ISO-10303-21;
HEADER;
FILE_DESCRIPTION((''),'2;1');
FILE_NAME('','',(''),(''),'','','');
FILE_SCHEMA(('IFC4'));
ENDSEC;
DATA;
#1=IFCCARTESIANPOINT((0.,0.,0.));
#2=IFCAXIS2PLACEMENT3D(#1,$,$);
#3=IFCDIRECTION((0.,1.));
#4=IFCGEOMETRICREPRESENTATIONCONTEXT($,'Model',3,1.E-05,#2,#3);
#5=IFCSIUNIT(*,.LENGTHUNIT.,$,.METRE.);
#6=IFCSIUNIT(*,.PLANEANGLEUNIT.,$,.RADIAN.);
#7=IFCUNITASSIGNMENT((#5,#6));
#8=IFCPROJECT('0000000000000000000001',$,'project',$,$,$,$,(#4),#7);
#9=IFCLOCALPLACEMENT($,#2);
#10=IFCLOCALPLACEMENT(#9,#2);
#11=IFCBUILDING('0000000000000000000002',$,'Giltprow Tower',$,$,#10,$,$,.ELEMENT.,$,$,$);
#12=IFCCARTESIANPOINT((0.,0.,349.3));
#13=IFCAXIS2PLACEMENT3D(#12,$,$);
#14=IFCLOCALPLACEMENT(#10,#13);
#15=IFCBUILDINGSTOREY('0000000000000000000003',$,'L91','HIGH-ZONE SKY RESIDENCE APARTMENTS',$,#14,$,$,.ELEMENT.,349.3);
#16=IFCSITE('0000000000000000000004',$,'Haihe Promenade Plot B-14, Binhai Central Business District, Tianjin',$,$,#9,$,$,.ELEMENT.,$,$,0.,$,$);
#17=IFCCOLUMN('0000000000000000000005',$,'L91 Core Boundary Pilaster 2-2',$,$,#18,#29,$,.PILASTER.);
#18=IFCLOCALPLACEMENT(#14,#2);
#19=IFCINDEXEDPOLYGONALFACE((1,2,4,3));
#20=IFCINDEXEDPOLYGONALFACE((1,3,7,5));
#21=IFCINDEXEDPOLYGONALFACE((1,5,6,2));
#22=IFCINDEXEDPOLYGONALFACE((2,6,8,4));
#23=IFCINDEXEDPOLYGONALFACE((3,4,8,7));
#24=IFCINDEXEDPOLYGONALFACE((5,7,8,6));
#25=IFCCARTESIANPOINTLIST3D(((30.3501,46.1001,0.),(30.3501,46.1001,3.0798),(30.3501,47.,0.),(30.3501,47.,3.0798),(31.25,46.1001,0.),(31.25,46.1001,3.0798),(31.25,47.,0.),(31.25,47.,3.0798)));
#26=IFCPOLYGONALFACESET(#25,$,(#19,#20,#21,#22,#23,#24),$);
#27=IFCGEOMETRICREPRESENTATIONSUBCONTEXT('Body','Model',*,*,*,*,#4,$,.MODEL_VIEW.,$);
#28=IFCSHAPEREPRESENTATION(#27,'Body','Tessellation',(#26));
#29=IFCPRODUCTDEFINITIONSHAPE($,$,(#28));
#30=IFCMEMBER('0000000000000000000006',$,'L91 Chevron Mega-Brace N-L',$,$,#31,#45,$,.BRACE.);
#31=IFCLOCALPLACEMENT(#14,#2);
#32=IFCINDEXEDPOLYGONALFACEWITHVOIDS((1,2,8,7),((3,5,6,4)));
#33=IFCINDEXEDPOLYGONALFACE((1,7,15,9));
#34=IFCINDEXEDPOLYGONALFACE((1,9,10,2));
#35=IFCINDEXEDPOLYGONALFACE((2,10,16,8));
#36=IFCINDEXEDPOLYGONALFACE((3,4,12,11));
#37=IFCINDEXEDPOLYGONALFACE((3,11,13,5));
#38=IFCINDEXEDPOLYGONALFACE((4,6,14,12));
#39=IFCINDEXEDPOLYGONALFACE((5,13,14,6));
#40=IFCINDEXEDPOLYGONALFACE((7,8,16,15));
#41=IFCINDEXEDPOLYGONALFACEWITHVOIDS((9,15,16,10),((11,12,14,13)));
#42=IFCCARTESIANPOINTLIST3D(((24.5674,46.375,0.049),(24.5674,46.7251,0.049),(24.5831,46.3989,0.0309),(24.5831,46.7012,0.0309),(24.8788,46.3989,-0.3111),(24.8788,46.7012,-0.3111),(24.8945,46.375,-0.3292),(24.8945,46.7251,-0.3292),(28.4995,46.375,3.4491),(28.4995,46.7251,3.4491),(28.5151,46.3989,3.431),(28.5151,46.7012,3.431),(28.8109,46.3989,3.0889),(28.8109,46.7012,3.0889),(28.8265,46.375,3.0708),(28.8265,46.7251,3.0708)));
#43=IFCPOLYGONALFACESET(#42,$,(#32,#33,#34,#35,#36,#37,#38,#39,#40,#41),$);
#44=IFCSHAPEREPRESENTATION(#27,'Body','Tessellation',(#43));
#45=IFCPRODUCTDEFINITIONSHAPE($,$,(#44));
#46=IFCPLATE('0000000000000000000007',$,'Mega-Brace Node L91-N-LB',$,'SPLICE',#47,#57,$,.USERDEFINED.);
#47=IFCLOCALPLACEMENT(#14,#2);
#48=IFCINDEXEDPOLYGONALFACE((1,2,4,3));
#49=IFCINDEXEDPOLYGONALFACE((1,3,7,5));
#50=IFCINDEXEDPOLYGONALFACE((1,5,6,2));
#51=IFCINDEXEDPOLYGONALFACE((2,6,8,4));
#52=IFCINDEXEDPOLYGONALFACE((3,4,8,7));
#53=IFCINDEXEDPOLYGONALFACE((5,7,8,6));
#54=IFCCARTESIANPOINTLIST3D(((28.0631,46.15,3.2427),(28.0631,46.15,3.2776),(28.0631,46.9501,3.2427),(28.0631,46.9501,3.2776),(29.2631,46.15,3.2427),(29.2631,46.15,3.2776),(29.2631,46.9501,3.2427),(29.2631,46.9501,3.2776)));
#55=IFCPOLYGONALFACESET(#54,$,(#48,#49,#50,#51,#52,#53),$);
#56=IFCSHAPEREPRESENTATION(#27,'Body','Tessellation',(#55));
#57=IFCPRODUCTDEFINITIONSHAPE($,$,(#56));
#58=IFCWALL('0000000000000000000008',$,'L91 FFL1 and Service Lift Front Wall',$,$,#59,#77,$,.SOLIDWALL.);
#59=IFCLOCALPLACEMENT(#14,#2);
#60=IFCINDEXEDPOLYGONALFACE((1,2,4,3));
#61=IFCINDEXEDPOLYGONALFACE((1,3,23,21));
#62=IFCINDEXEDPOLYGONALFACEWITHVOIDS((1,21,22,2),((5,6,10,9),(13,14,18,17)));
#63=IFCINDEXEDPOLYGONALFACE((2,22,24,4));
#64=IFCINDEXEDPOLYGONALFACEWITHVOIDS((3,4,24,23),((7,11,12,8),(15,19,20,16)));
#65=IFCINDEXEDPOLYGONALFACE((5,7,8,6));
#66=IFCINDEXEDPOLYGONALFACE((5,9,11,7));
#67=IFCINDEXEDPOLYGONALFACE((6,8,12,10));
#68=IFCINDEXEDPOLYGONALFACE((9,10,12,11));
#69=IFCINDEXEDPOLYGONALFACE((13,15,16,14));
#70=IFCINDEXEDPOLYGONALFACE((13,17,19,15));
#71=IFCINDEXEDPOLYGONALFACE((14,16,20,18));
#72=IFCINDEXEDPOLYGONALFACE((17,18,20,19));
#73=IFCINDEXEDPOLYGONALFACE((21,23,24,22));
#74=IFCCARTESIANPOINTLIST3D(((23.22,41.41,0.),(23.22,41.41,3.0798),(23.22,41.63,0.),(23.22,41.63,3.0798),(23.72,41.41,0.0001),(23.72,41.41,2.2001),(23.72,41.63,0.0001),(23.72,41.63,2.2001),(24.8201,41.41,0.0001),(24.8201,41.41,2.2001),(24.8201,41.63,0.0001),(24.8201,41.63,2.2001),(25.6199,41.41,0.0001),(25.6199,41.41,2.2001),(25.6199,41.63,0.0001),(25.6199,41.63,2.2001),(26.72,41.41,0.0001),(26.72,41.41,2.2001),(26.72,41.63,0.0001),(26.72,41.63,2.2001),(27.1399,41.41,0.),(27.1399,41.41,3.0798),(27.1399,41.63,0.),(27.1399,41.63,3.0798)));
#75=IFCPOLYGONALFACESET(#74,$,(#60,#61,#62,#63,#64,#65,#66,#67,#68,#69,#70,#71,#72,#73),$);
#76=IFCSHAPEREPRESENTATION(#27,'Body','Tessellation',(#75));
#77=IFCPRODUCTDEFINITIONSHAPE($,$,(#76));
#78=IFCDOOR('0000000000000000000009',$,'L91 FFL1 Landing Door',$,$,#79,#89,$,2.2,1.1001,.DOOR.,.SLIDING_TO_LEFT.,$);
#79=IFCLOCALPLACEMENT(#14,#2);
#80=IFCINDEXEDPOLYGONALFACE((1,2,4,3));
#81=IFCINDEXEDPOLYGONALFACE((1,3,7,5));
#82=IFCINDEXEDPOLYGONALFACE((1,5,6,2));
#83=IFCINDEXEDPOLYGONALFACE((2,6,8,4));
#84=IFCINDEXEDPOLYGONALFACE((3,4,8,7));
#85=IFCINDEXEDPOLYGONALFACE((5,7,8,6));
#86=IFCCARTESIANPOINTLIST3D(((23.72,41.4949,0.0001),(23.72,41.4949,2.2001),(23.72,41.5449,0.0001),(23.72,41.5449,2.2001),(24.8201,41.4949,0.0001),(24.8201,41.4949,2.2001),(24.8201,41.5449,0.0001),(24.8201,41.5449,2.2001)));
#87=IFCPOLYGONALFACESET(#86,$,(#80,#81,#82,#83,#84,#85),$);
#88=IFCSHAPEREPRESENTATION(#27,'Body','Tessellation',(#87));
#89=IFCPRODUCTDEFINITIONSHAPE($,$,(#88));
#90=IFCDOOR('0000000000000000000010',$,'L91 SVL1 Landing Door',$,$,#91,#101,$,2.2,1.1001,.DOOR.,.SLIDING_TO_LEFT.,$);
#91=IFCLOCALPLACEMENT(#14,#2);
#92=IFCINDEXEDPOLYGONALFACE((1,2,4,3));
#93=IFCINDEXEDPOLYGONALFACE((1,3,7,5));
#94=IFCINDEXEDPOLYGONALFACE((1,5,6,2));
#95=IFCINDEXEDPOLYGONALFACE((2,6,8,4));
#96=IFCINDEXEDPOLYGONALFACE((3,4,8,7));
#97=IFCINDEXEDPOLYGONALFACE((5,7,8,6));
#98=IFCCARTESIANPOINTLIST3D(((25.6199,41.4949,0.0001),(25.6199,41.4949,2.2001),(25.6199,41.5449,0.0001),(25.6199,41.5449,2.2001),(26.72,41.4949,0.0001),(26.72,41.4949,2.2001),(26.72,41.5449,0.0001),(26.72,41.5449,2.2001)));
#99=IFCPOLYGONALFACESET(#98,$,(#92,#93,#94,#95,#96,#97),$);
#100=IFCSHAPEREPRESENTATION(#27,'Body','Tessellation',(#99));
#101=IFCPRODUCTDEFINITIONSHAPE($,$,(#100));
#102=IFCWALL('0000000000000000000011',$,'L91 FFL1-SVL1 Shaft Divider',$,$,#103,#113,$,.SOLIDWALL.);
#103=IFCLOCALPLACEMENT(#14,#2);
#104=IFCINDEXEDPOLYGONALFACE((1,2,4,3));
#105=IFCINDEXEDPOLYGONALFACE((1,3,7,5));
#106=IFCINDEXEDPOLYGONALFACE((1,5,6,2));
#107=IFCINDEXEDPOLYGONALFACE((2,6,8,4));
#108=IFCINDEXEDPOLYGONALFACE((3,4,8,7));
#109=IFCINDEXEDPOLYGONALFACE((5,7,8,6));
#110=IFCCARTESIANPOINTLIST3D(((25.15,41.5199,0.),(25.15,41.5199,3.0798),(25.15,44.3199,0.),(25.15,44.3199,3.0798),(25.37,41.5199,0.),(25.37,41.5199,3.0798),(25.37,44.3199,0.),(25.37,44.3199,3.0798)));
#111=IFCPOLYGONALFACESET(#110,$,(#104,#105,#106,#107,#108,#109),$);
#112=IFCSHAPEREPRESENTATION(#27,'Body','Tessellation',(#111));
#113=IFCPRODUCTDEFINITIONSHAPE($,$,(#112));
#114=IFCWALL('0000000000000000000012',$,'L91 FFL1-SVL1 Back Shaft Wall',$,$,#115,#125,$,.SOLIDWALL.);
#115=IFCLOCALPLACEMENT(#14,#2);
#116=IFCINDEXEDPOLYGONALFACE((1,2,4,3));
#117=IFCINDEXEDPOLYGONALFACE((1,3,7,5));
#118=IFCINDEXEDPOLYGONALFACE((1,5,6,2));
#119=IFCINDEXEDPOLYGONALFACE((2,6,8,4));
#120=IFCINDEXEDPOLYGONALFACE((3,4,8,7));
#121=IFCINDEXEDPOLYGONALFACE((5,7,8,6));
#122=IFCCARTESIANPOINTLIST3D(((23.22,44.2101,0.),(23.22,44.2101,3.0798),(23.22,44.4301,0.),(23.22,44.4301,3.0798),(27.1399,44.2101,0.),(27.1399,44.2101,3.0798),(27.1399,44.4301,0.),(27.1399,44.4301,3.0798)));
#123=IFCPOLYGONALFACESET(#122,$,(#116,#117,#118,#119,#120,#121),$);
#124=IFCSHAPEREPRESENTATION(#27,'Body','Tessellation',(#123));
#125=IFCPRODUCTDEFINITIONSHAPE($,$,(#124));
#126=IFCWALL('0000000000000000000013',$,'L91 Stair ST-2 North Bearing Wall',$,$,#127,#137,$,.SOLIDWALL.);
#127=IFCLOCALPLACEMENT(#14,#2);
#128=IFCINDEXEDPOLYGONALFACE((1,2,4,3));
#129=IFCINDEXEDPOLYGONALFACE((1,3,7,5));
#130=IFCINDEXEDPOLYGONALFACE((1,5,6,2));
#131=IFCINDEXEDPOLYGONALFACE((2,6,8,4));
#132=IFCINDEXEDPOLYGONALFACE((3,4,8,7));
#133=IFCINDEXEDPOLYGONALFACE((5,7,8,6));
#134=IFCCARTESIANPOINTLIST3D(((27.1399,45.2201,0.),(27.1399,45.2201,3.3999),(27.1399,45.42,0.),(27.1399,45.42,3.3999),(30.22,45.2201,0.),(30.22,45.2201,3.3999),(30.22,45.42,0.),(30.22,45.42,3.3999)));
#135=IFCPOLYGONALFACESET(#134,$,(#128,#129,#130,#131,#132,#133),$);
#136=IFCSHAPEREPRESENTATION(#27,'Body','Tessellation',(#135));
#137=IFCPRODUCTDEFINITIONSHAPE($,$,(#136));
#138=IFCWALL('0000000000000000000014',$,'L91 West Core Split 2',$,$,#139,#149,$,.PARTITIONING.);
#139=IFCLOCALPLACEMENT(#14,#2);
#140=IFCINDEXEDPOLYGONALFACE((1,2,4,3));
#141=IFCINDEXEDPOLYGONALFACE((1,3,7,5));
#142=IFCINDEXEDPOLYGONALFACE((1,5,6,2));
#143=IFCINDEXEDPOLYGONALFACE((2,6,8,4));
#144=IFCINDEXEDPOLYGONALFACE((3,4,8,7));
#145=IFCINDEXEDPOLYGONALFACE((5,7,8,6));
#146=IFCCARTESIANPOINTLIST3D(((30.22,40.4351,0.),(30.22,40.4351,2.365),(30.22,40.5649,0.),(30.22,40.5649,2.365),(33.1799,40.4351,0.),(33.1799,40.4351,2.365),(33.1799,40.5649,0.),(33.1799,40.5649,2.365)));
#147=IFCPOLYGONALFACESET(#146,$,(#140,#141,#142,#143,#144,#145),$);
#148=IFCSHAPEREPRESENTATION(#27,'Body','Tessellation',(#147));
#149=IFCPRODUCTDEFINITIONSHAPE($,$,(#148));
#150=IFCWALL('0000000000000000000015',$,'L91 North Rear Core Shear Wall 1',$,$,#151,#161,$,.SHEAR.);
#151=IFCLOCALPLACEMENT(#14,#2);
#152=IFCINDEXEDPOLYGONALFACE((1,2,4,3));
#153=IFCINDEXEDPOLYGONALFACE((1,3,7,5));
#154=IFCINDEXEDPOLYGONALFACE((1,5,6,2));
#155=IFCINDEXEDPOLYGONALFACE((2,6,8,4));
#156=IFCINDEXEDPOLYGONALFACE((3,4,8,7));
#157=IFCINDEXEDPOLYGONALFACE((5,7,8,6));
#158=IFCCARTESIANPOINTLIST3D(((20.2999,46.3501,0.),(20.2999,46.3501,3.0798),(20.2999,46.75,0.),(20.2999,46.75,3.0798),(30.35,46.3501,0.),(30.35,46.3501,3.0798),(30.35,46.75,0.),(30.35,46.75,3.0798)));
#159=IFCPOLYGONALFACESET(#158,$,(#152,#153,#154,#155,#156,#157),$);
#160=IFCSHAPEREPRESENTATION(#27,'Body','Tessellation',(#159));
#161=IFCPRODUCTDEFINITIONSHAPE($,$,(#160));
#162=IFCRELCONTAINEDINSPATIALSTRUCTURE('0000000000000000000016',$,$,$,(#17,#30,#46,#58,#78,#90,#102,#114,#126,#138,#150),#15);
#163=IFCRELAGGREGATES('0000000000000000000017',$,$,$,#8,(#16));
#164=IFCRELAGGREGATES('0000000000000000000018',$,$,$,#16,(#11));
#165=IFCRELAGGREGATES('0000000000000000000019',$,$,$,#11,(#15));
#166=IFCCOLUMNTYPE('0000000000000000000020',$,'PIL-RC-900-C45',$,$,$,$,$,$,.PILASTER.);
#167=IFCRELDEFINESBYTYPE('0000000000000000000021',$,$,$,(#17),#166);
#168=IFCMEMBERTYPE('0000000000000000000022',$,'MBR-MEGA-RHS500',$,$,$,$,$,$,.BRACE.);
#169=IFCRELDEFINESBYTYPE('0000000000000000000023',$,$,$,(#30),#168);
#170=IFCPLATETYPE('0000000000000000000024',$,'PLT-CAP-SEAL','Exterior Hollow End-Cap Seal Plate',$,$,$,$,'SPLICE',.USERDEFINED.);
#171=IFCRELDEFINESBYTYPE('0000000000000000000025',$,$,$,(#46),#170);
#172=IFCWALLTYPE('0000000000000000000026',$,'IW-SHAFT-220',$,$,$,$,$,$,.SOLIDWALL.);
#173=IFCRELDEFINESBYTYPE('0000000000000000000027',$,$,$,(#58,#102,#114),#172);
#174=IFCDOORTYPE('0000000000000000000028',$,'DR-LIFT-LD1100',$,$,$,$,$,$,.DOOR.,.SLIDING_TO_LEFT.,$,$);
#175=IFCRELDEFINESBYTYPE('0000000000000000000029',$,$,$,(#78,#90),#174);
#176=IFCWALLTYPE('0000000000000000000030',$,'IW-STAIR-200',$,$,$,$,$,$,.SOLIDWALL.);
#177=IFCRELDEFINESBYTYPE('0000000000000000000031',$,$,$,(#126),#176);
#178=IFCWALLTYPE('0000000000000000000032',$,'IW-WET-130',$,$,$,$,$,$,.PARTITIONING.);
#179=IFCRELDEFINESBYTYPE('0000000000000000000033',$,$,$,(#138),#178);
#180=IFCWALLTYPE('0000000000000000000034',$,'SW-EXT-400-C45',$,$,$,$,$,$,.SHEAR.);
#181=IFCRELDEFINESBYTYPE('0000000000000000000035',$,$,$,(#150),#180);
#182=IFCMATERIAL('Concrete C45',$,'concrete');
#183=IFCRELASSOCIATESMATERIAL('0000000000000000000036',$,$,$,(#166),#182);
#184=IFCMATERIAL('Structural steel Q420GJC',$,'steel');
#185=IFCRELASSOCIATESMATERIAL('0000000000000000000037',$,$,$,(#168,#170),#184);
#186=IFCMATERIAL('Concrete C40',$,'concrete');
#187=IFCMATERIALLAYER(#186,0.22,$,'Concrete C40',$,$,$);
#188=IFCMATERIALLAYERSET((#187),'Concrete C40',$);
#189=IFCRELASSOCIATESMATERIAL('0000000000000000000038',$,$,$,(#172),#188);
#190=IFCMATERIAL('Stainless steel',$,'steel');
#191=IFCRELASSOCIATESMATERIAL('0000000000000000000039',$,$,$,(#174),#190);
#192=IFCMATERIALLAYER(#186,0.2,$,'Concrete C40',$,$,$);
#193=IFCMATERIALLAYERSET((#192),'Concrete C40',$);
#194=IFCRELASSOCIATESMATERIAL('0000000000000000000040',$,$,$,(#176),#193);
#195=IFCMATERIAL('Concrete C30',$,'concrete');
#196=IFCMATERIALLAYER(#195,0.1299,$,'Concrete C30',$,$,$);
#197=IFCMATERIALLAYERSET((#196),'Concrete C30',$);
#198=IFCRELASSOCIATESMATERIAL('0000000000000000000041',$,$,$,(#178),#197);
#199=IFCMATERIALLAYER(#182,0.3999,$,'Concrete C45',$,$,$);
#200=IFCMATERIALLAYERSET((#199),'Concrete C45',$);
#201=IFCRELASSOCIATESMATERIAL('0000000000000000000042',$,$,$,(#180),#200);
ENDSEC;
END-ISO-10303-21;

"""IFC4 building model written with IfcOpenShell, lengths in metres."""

from ifc_helpers import new_model, si_unit, direction, frame, frame_2d, origin, origin_2d, place, context, subcontext, project, spatial, rectangle, hollow_rectangle, extrude, source, transform, mapped, material, layer, layer_set, material_profile, profile_set, type_object, element, fill, save


model = new_model("IFC4")

# Units and contexts
model_context = context("Model", 3, precision=1e-05, world=origin(), true_north=direction((0.0, 1.0)))
body_context = subcontext(model_context, "Body", "Model", "MODEL_VIEW")
ifc_project = project(units=[si_unit("LENGTHUNIT", "METRE"), si_unit("PLANEANGLEUNIT", "RADIAN")], contexts=[model_context])

# Site, building, storey
site_placement = place(None, origin())
site = spatial("IfcSite", under=ifc_project, at=site_placement, Name="Haihe Promenade Plot B-14, Binhai Central Business District, Tianjin", CompositionType="ELEMENT", RefElevation=0.0)
building_placement = place(site_placement, origin())
building = spatial("IfcBuilding", under=site, at=building_placement, Name="Giltprow Tower", CompositionType="ELEMENT")
storey_placement = place(building_placement, frame((0.0, 0.0, 349.3)))
storey = spatial("IfcBuildingStorey", under=building, at=storey_placement, Name="L91", Description="HIGH-ZONE SKY RESIDENCE APARTMENTS", CompositionType="ELEMENT", Elevation=349.3)

# Column
ifc_material_1 = material(Name="Concrete C45", Category="concrete")
ifc_material_profile_1 = material_profile(ifc_material_1, rectangle(XDim=0.8999, YDim=0.8999, at=origin_2d()), Name="RC 900x900")
ifc_profile_set_1 = profile_set([ifc_material_profile_1], Name="Concrete C45")
column_type = type_object("IfcColumnType", Name="PIL-RC-900-C45", PredefinedType="PILASTER", material=ifc_profile_set_1)
shared_shape_1 = source(origin(), body_context, "Body", "SweptSolid", [
    extrude(rectangle(XDim=0.8999, YDim=0.8999, at=origin_2d()), origin(), (0.0, 0.0, 1.0), 3.0798),
])
column_placement = place(storey_placement, frame((30.8, 46.55, 0.0), z_axis=(0.0, 0.0, 1.0), x_axis=(1.0, 0.0, 0.0)))
element("IfcColumn", 1, at=column_placement, inside=storey, type_object=column_type, Name="L91 Core Boundary Pilaster 2-2", PredefinedType="PILASTER", context=body_context, shape_type="MappedRepresentation", body=[
    mapped(shared_shape_1, transform((0.0, 0.0, 0.0), x_axis=(1.0, 0.0, 0.0), y_axis=(0.0, 1.0, 0.0), z_axis=(0.0, 0.0, 1.0), scale=1.0)),
])

# Member
ifc_material_2 = material(Name="Structural steel Q420GJC", Category="steel")
ifc_material_profile_2 = material_profile(ifc_material_2, hollow_rectangle(XDim=0.3501, YDim=0.5, WallThickness=0.0239, at=origin_2d()), Name="RHS 500x350x24")
ifc_profile_set_2 = profile_set([ifc_material_profile_2], Name="Structural steel Q420GJC")
member_type = type_object("IfcMemberType", Name="MBR-MEGA-RHS500", PredefinedType="BRACE", material=ifc_profile_set_2)
shared_shape_2 = source(origin(), body_context, "Body", "SweptSolid", [
    extrude(hollow_rectangle(XDim=0.3501, YDim=0.5, WallThickness=0.0239, at=origin_2d()), origin(), (0.0, 0.0, 1.0), 5.1982),
])
member_placement = place(storey_placement, frame((24.731, 46.55, -0.1401), z_axis=(0.756422, 0.0, 0.654084), x_axis=(0.0, 1.0, 0.0)))
element("IfcMember", 2, at=member_placement, inside=storey, type_object=member_type, Name="L91 Chevron Mega-Brace N-L", PredefinedType="BRACE", context=body_context, shape_type="MappedRepresentation", body=[
    mapped(shared_shape_2, transform((0.0, 0.0, 0.0), x_axis=(1.0, 0.0, 0.0), y_axis=(0.0, 1.0, 0.0), z_axis=(0.0, 0.0, 1.0), scale=1.0)),
])

# Plate
plate_type = type_object("IfcPlateType", Name="PLT-CAP-SEAL", Description="Exterior Hollow End-Cap Seal Plate", ElementType="SPLICE", PredefinedType="USERDEFINED", material=ifc_material_2)
shared_shape_3 = source(origin(), body_context, "Body", "SweptSolid", [
    extrude(rectangle(XDim=1.2, YDim=0.8, at=origin_2d()), origin(), (0.0, 0.0, 1.0), 0.0349),
])
plate_placement = place(storey_placement, frame((28.6631, 46.55, 3.2427), z_axis=(0.0, 0.0, 1.0), x_axis=(1.0, 0.0, 0.0)))
element("IfcPlate", 3, at=plate_placement, inside=storey, type_object=plate_type, Name="Mega-Brace Node L91-N-LB", ObjectType="SPLICE", PredefinedType="USERDEFINED", context=body_context, shape_type="MappedRepresentation", body=[
    mapped(shared_shape_3, transform((0.0, 0.0, 0.0), x_axis=(1.0, 0.0, 0.0), y_axis=(0.0, 1.0, 0.0), z_axis=(0.0, 0.0, 1.0), scale=1.0)),
])

# Wall, openings, doors
ifc_material_3 = material(Name="Concrete C40", Category="concrete")
ifc_layer_1 = layer(ifc_material_3, 0.22, Name="Concrete C40")
ifc_layer_set_1 = layer_set([ifc_layer_1], Name="Concrete C40")
wall_type_1 = type_object("IfcWallType", Name="IW-SHAFT-220", PredefinedType="SOLIDWALL", material=ifc_layer_set_1)
wall_1_placement = place(storey_placement, frame((23.22, 41.52, 0.0), z_axis=(0.0, 0.0, 1.0), x_axis=(1.0, 0.0, 0.0)))
wall_1 = element("IfcWall", 4, at=wall_1_placement, inside=storey, type_object=wall_type_1, Name="L91 FFL1 and Service Lift Front Wall", PredefinedType="SOLIDWALL", context=body_context, shape_type="SweptSolid", body=[
    extrude(rectangle(XDim=3.9199, YDim=0.22, at=frame_2d((1.96, 0.0))), origin(), (0.0, 0.0, 1.0), 3.0798),
])
opening_1_placement = place(wall_1_placement, frame((0.5, 0.0, 0.0)))
opening_1 = element("IfcOpeningElement", 5, at=opening_1_placement, cuts=wall_1, PredefinedType="OPENING", context=body_context, shape_type="SweptSolid", body=[
    extrude(rectangle(XDim=1.1001, YDim=2.2, at=frame_2d((0.55, 1.1001))), frame((0.0, 0.1199, 0.0), z_axis=(0.0, -1.0, 0.0), x_axis=(1.0, 0.0, 0.0)), (0.0, 0.0, 1.0), 0.24),
])
opening_2_placement = place(wall_1_placement, frame((2.3999, 0.0, 0.0)))
opening_2 = element("IfcOpeningElement", 6, at=opening_2_placement, cuts=wall_1, PredefinedType="OPENING", context=body_context, shape_type="SweptSolid", body=[
    extrude(rectangle(XDim=1.1001, YDim=2.2, at=frame_2d((0.55, 1.1001))), frame((0.0, 0.1199, 0.0), z_axis=(0.0, -1.0, 0.0), x_axis=(1.0, 0.0, 0.0)), (0.0, 0.0, 1.0), 0.24),
])
ifc_material_4 = material(Name="Stainless steel", Category="steel")
door_type = type_object("IfcDoorType", Name="DR-LIFT-LD1100", OperationType="SLIDING_TO_LEFT", PredefinedType="DOOR", material=ifc_material_4)
shared_shape_4 = source(origin(), body_context, "Body", "SweptSolid", [
    extrude(rectangle(XDim=1.1001, YDim=2.2, at=frame_2d((0.55, 1.1001))), frame((0.0, 0.0249, 0.0), z_axis=(0.0, -1.0, 0.0), x_axis=(1.0, 0.0, 0.0)), (0.0, 0.0, 1.0), 0.05),
])
door_1_placement = place(opening_1_placement, origin())
door_1 = element("IfcDoor", 7, at=door_1_placement, inside=storey, type_object=door_type, Name="L91 FFL1 Landing Door", OperationType="SLIDING_TO_LEFT", OverallHeight=2.2, OverallWidth=1.1001, PredefinedType="DOOR", context=body_context, shape_type="MappedRepresentation", body=[
    mapped(shared_shape_4, transform((0.0, 0.0, 0.0), x_axis=(1.0, 0.0, 0.0), y_axis=(0.0, 1.0, 0.0), z_axis=(0.0, 0.0, 1.0), scale=1.0)),
])
fill(opening_1, door_1)
door_2_placement = place(opening_2_placement, origin())
door_2 = element("IfcDoor", 8, at=door_2_placement, inside=storey, type_object=door_type, Name="L91 SVL1 Landing Door", OperationType="SLIDING_TO_LEFT", OverallHeight=2.2, OverallWidth=1.1001, PredefinedType="DOOR", context=body_context, shape_type="MappedRepresentation", body=[
    mapped(shared_shape_4, transform((0.0, 0.0, 0.0), x_axis=(1.0, 0.0, 0.0), y_axis=(0.0, 1.0, 0.0), z_axis=(0.0, 0.0, 1.0), scale=1.0)),
])
fill(opening_2, door_2)

# Walls
wall_2_placement = place(storey_placement, frame((25.26, 41.52, 0.0), z_axis=(0.0, 0.0, 1.0), x_axis=(0.0, 1.0, 0.0)))
element("IfcWall", 9, at=wall_2_placement, inside=storey, type_object=wall_type_1, Name="L91 FFL1-SVL1 Shaft Divider", PredefinedType="SOLIDWALL", context=body_context, shape_type="SweptSolid", body=[
    extrude(rectangle(XDim=2.8, YDim=0.22, at=frame_2d((1.3999, 0.0))), origin(), (0.0, 0.0, 1.0), 3.0798),
])
wall_3_placement = place(storey_placement, frame((23.22, 44.3201, 0.0), z_axis=(0.0, 0.0, 1.0), x_axis=(1.0, 0.0, 0.0)))
element("IfcWall", 10, at=wall_3_placement, inside=storey, type_object=wall_type_1, Name="L91 FFL1-SVL1 Back Shaft Wall", PredefinedType="SOLIDWALL", context=body_context, shape_type="SweptSolid", body=[
    extrude(rectangle(XDim=3.9199, YDim=0.22, at=frame_2d((1.96, 0.0))), origin(), (0.0, 0.0, 1.0), 3.0798),
])
ifc_layer_2 = layer(ifc_material_3, 0.2, Name="Concrete C40")
ifc_layer_set_2 = layer_set([ifc_layer_2], Name="Concrete C40")
wall_type_2 = type_object("IfcWallType", Name="IW-STAIR-200", PredefinedType="SOLIDWALL", material=ifc_layer_set_2)
wall_4_placement = place(storey_placement, frame((27.1399, 45.3201, 0.0), z_axis=(0.0, 0.0, 1.0), x_axis=(1.0, 0.0, 0.0)))
element("IfcWall", 11, at=wall_4_placement, inside=storey, type_object=wall_type_2, Name="L91 Stair ST-2 North Bearing Wall", PredefinedType="SOLIDWALL", context=body_context, shape_type="SweptSolid", body=[
    extrude(rectangle(XDim=3.0801, YDim=0.2, at=frame_2d((1.54, 0.0))), origin(), (0.0, 0.0, 1.0), 3.3999),
])
ifc_material_5 = material(Name="Concrete C30", Category="concrete")
ifc_layer_3 = layer(ifc_material_5, 0.1299, Name="Concrete C30")
ifc_layer_set_3 = layer_set([ifc_layer_3], Name="Concrete C30")
wall_type_3 = type_object("IfcWallType", Name="IW-WET-130", PredefinedType="PARTITIONING", material=ifc_layer_set_3)
wall_5_placement = place(storey_placement, frame((30.22, 40.5, 0.0), z_axis=(0.0, 0.0, 1.0), x_axis=(1.0, 0.0, 0.0)))
element("IfcWall", 12, at=wall_5_placement, inside=storey, type_object=wall_type_3, Name="L91 West Core Split 2", PredefinedType="PARTITIONING", context=body_context, shape_type="SweptSolid", body=[
    extrude(rectangle(XDim=2.96, YDim=0.1299, at=frame_2d((1.48, 0.0))), origin(), (0.0, 0.0, 1.0), 2.365),
])
ifc_layer_4 = layer(ifc_material_1, 0.3999, Name="Concrete C45")
ifc_layer_set_4 = layer_set([ifc_layer_4], Name="Concrete C45")
wall_type_4 = type_object("IfcWallType", Name="SW-EXT-400-C45", PredefinedType="SHEAR", material=ifc_layer_set_4)
wall_6_placement = place(storey_placement, frame((20.3, 46.55, 0.0), z_axis=(0.0, 0.0, 1.0), x_axis=(1.0, 0.0, 0.0)))
element("IfcWall", 13, at=wall_6_placement, inside=storey, type_object=wall_type_4, Name="L91 North Rear Core Shear Wall 1", PredefinedType="SHEAR", context=body_context, shape_type="SweptSolid", body=[
    extrude(rectangle(XDim=10.05, YDim=0.3999, at=frame_2d((5.0249, 0.0))), origin(), (0.0, 0.0, 1.0), 3.0798),
])

save(model, "model.ifc")
